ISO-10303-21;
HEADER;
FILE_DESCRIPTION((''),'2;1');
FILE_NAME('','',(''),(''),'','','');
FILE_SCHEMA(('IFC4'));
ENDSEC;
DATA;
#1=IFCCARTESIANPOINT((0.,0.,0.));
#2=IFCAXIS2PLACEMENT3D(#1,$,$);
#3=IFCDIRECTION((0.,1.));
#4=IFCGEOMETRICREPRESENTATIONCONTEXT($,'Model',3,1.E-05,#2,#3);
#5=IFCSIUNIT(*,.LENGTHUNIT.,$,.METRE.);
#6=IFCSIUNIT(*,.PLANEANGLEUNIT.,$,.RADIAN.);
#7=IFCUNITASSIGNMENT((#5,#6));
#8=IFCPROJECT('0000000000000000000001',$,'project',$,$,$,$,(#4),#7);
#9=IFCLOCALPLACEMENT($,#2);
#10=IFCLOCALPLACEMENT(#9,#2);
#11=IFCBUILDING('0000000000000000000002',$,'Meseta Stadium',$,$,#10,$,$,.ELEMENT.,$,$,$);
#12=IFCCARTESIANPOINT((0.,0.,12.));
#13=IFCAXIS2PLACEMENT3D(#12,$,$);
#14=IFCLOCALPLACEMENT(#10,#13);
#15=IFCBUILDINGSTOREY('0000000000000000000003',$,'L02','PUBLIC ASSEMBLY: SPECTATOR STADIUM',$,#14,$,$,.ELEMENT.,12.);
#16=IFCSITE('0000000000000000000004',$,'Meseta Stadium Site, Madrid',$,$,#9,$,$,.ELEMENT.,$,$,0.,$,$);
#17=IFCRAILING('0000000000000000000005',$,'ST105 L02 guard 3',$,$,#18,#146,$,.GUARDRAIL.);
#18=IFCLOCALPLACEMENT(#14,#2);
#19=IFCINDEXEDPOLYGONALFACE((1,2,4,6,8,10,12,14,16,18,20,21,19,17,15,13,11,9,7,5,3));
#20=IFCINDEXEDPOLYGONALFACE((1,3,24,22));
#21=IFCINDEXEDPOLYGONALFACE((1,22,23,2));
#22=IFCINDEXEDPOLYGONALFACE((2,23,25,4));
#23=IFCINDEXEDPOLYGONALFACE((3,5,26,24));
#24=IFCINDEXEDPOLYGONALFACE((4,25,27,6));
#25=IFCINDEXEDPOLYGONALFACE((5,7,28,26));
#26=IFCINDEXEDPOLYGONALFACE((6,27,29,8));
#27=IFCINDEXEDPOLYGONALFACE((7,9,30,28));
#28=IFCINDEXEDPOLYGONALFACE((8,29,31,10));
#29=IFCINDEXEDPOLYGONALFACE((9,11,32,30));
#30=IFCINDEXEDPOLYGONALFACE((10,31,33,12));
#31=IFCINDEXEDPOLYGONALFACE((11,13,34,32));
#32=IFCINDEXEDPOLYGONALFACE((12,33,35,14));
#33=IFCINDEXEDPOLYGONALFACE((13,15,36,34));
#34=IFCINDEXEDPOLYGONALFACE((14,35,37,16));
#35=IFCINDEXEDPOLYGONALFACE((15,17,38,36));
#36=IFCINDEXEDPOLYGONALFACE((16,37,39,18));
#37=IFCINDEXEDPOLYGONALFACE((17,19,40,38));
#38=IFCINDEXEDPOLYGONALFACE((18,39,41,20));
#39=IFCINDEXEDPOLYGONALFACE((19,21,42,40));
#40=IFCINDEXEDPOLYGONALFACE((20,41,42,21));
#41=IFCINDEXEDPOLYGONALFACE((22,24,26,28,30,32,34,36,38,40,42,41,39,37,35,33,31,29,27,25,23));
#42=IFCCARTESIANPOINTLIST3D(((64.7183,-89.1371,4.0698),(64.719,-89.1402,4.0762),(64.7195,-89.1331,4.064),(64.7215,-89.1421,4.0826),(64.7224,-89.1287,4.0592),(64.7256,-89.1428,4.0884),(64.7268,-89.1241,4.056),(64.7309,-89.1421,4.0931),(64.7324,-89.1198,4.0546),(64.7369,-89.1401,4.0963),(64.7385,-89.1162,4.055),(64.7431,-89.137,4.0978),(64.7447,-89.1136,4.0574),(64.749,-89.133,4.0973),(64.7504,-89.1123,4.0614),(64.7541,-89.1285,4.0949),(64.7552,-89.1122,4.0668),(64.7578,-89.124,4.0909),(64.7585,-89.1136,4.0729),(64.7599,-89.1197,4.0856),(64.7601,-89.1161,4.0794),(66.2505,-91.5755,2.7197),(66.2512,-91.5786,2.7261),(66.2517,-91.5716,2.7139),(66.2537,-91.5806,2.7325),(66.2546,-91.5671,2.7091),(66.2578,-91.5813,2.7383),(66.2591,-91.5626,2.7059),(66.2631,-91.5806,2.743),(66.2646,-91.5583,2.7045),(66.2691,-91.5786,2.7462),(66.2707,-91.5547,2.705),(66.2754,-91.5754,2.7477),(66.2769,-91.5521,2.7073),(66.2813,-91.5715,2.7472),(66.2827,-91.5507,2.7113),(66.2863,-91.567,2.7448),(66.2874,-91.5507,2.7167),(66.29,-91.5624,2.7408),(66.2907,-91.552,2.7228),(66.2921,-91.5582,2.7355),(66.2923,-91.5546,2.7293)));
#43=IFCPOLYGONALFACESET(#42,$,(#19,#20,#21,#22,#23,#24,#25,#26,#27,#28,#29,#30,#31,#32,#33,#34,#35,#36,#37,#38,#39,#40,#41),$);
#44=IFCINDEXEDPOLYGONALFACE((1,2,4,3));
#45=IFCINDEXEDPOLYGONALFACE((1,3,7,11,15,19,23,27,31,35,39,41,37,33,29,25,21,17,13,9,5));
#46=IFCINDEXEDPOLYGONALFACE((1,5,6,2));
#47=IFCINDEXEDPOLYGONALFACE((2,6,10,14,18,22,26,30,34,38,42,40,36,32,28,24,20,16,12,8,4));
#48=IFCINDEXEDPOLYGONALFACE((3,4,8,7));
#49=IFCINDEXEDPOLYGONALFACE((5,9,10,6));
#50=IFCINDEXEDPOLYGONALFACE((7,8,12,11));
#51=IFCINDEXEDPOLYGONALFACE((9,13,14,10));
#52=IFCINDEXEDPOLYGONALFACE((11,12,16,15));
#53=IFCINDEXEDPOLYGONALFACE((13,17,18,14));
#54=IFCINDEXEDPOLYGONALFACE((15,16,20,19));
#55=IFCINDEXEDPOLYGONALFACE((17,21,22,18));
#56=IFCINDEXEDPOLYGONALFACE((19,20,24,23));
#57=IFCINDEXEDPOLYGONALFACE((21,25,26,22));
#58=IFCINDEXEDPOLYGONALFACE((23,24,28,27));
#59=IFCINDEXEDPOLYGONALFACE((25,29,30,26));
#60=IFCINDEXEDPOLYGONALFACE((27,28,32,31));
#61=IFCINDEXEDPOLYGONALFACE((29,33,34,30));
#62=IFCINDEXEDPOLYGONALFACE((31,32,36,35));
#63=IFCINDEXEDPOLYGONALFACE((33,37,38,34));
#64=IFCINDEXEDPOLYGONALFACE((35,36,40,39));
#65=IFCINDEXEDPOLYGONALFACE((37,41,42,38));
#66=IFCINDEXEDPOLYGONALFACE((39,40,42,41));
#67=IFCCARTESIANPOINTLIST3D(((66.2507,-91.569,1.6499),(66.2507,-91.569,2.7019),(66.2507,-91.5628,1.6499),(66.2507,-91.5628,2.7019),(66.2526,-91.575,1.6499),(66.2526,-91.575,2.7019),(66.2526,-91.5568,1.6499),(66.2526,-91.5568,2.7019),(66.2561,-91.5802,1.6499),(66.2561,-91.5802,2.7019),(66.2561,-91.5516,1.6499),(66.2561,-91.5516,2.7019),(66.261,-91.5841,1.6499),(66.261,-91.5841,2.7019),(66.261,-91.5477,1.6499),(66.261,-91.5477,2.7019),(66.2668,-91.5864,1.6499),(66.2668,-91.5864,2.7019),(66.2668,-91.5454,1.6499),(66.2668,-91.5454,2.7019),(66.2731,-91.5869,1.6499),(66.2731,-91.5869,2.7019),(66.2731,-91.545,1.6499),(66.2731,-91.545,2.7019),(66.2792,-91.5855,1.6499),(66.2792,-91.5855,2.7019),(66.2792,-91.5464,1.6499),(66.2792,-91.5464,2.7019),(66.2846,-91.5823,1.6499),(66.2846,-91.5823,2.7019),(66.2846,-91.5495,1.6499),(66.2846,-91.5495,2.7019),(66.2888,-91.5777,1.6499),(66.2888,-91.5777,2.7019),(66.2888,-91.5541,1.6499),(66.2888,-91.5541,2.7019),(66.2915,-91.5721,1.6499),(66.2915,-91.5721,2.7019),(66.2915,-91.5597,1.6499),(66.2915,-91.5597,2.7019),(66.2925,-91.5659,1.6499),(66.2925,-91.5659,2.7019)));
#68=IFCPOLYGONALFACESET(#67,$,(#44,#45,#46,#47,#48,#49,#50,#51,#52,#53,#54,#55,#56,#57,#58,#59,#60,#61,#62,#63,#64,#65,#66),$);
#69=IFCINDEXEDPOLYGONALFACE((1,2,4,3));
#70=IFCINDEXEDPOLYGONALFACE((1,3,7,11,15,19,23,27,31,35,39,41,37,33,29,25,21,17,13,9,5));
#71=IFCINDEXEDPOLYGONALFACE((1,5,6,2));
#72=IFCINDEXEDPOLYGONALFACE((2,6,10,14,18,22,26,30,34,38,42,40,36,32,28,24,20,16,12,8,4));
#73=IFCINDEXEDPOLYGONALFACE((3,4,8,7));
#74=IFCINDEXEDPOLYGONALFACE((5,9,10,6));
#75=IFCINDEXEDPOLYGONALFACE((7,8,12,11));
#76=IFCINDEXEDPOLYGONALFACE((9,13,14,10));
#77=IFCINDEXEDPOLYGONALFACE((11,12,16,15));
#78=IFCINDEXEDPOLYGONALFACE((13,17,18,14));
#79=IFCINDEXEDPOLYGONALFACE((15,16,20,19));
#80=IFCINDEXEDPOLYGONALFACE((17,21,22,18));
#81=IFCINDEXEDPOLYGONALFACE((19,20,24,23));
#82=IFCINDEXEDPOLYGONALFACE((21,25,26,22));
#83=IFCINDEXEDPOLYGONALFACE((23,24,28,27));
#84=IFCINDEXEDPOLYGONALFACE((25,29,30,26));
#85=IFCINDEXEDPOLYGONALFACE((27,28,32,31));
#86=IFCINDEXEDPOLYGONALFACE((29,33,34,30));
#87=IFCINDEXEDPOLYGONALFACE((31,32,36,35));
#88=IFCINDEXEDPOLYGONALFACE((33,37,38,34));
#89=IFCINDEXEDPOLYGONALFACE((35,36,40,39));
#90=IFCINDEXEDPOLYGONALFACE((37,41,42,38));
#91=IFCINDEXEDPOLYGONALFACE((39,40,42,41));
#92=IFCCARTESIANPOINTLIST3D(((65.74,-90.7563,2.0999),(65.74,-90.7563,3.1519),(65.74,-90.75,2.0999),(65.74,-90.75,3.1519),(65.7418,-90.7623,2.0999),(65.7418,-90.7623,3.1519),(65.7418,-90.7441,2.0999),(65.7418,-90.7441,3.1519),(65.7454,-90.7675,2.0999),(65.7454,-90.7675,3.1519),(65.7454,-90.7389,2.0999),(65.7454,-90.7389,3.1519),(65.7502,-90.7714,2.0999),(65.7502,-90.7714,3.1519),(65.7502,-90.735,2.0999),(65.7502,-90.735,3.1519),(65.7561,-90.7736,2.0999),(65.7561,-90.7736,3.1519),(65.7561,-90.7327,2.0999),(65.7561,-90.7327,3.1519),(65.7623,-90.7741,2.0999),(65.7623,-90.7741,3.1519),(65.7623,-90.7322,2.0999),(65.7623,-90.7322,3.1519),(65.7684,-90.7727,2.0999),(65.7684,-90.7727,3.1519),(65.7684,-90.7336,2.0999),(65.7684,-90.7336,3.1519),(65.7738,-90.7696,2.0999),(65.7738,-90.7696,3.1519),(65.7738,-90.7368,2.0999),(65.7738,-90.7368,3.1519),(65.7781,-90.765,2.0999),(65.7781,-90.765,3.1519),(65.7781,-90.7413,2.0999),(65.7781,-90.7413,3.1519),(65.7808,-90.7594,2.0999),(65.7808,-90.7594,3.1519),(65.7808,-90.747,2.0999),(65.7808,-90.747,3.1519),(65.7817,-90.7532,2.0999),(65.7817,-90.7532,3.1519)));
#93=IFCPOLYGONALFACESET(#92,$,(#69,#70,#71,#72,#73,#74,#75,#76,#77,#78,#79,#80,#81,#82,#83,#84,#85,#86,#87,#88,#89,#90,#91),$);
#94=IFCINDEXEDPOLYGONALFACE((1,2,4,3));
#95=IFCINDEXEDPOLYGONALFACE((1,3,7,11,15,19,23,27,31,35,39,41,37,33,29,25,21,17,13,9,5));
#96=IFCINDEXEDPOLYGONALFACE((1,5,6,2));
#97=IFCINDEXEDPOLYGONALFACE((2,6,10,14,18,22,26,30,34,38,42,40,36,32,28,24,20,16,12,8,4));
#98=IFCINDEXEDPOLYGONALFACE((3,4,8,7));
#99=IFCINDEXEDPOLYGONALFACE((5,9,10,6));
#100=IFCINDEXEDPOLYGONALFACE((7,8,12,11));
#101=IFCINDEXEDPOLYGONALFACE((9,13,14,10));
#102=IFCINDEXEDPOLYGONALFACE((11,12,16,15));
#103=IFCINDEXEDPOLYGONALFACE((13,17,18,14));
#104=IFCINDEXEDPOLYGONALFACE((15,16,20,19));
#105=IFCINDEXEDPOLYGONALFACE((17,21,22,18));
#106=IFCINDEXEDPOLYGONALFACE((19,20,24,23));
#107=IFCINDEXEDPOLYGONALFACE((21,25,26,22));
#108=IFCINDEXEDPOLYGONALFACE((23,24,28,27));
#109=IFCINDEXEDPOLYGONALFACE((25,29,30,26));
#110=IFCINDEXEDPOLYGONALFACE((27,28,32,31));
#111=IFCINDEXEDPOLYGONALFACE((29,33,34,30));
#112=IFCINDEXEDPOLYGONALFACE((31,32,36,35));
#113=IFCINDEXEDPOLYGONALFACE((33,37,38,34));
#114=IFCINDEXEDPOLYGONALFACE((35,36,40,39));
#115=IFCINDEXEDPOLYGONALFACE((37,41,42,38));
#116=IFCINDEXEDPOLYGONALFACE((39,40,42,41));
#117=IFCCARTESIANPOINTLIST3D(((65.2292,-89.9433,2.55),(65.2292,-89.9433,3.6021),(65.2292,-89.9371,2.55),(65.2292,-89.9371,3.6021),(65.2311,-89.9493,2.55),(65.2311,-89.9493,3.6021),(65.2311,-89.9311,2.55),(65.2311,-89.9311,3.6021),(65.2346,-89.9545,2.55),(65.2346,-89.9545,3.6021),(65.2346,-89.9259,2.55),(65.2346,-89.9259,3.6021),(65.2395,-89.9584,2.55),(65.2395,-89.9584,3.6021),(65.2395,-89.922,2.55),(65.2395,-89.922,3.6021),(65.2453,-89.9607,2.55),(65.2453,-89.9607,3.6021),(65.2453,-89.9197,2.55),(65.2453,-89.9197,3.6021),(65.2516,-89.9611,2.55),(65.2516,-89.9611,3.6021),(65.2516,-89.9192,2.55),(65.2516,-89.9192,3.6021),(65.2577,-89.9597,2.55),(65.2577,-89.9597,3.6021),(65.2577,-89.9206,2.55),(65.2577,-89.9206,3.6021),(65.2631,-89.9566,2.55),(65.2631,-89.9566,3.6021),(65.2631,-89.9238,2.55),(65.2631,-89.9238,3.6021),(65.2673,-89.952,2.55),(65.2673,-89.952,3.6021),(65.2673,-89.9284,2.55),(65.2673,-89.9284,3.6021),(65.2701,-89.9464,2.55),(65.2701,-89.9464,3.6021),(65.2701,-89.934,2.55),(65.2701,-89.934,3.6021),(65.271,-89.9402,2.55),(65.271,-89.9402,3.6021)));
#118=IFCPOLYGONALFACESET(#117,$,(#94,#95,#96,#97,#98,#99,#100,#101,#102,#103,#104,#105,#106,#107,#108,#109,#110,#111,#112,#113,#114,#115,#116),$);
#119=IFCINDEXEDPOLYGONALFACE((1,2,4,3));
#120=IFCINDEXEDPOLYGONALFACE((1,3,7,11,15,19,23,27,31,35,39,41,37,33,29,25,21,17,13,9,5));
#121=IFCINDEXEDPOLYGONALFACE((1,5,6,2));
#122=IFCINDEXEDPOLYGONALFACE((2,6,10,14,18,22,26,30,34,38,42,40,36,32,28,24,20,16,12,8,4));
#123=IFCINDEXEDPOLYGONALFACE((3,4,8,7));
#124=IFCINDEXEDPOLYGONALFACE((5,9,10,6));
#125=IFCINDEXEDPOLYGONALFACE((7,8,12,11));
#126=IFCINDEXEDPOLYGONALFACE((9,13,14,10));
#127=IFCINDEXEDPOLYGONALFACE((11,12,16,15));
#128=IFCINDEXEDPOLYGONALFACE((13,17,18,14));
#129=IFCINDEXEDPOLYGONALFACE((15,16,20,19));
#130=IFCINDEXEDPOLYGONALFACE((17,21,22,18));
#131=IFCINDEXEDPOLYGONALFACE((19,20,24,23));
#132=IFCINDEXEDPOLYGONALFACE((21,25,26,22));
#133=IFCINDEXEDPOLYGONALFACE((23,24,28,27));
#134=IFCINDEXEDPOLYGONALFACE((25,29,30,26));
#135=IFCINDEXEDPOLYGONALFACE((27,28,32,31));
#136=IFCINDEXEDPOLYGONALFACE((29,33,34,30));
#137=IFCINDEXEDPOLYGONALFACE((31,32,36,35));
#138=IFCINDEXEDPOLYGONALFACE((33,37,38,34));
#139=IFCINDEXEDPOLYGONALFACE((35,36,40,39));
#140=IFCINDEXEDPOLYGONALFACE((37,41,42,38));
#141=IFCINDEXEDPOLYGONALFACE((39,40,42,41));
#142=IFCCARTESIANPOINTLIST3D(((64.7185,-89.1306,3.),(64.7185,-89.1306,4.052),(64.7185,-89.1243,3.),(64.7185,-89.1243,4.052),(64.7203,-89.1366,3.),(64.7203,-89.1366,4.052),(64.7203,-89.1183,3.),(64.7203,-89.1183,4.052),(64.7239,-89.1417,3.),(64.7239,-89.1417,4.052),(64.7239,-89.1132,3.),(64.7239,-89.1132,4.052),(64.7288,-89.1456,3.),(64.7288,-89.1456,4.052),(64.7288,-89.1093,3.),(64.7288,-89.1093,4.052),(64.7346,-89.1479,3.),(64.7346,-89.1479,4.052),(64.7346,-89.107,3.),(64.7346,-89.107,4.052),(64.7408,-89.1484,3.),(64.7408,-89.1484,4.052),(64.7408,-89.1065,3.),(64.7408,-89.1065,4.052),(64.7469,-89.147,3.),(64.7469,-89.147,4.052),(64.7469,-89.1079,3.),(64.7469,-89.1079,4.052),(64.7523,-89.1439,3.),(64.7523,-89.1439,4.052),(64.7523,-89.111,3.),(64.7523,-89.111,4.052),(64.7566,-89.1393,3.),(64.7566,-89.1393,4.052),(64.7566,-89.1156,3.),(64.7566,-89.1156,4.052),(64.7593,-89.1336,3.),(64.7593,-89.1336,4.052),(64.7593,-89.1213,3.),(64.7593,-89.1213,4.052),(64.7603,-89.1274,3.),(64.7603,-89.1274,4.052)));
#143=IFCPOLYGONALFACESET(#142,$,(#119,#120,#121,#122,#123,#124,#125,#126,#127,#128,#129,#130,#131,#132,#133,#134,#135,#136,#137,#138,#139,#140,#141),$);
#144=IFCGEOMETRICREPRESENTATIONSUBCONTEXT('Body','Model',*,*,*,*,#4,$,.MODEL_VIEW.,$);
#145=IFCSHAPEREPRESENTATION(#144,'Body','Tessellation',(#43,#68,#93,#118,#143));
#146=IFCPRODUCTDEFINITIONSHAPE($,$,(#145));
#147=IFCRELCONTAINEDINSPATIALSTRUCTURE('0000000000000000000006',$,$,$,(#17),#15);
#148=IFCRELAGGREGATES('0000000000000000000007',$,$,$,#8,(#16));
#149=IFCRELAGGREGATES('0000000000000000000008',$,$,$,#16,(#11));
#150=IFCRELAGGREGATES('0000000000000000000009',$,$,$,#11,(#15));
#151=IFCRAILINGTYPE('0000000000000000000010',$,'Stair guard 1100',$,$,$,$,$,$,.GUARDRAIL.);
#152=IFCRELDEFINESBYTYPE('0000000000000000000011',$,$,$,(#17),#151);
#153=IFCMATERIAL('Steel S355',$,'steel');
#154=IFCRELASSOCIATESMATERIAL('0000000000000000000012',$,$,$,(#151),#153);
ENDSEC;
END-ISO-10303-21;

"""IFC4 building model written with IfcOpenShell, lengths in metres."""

from ifc_helpers import new_model, si_unit, direction, frame, origin, origin_2d, place, context, subcontext, project, spatial, circle, extrude, material, type_object, element, save


model = new_model("IFC4")

# Units and contexts
model_context = context("Model", 3, precision=1e-05, world=origin(), true_north=direction((0.0, 1.0)))
body_context = subcontext(model_context, "Body", "Model", "MODEL_VIEW")
ifc_project = project(units=[si_unit("LENGTHUNIT", "METRE"), si_unit("PLANEANGLEUNIT", "RADIAN")], contexts=[model_context])

# Site, building, storey
site_placement = place(None, origin())
site = spatial("IfcSite", under=ifc_project, at=site_placement, Name="Meseta Stadium Site, Madrid", CompositionType="ELEMENT", RefElevation=0.0)
building_placement = place(site_placement, origin())
building = spatial("IfcBuilding", under=site, at=building_placement, Name="Meseta Stadium", CompositionType="ELEMENT")
storey_placement = place(building_placement, frame((0.0, 0.0, 12.0)))
storey = spatial("IfcBuildingStorey", under=building, at=storey_placement, Name="L02", Description="PUBLIC ASSEMBLY: SPECTATOR STADIUM", CompositionType="ELEMENT", Elevation=12.0)

# Railing
ifc_material_1 = material(Name="Steel S355", Category="steel")
railing_type = type_object("IfcRailingType", Name="Stair guard 1100", PredefinedType="GUARDRAIL", material=ifc_material_1)
railing_1_placement = place(storey_placement, frame((66.2715, -91.5659, 1.6499)))
element("IfcRailing", 1, at=railing_1_placement, inside=storey, type_object=railing_type, Name="ST105 L02 guard 3", PredefinedType="GUARDRAIL", context=body_context, shape_type="SweptSolid", body=[
    extrude(circle(Radius=0.0239, at=origin_2d()), frame((0.0, 0.0, 1.0762), z_axis=(-0.481731, 0.766655, 0.42447), x_axis=(-0.846719, -0.53204, 0.0)), (0.0, 0.0, 1.0), 3.1807),
    extrude(circle(Radius=0.021, at=origin_2d()), origin(), (0.0, 0.0, 1.0), 1.052),
    extrude(circle(Radius=0.021, at=origin_2d()), frame((-0.5107, 0.8127, 0.45)), (0.0, 0.0, 1.0), 1.052),
    extrude(circle(Radius=0.021, at=origin_2d()), frame((-1.0215, 1.6257, 0.9001)), (0.0, 0.0, 1.0), 1.052),
    extrude(circle(Radius=0.021, at=origin_2d()), frame((-1.5322, 2.4385, 1.3501)), (0.0, 0.0, 1.0), 1.052),
])

save(model, "model.ifc")
